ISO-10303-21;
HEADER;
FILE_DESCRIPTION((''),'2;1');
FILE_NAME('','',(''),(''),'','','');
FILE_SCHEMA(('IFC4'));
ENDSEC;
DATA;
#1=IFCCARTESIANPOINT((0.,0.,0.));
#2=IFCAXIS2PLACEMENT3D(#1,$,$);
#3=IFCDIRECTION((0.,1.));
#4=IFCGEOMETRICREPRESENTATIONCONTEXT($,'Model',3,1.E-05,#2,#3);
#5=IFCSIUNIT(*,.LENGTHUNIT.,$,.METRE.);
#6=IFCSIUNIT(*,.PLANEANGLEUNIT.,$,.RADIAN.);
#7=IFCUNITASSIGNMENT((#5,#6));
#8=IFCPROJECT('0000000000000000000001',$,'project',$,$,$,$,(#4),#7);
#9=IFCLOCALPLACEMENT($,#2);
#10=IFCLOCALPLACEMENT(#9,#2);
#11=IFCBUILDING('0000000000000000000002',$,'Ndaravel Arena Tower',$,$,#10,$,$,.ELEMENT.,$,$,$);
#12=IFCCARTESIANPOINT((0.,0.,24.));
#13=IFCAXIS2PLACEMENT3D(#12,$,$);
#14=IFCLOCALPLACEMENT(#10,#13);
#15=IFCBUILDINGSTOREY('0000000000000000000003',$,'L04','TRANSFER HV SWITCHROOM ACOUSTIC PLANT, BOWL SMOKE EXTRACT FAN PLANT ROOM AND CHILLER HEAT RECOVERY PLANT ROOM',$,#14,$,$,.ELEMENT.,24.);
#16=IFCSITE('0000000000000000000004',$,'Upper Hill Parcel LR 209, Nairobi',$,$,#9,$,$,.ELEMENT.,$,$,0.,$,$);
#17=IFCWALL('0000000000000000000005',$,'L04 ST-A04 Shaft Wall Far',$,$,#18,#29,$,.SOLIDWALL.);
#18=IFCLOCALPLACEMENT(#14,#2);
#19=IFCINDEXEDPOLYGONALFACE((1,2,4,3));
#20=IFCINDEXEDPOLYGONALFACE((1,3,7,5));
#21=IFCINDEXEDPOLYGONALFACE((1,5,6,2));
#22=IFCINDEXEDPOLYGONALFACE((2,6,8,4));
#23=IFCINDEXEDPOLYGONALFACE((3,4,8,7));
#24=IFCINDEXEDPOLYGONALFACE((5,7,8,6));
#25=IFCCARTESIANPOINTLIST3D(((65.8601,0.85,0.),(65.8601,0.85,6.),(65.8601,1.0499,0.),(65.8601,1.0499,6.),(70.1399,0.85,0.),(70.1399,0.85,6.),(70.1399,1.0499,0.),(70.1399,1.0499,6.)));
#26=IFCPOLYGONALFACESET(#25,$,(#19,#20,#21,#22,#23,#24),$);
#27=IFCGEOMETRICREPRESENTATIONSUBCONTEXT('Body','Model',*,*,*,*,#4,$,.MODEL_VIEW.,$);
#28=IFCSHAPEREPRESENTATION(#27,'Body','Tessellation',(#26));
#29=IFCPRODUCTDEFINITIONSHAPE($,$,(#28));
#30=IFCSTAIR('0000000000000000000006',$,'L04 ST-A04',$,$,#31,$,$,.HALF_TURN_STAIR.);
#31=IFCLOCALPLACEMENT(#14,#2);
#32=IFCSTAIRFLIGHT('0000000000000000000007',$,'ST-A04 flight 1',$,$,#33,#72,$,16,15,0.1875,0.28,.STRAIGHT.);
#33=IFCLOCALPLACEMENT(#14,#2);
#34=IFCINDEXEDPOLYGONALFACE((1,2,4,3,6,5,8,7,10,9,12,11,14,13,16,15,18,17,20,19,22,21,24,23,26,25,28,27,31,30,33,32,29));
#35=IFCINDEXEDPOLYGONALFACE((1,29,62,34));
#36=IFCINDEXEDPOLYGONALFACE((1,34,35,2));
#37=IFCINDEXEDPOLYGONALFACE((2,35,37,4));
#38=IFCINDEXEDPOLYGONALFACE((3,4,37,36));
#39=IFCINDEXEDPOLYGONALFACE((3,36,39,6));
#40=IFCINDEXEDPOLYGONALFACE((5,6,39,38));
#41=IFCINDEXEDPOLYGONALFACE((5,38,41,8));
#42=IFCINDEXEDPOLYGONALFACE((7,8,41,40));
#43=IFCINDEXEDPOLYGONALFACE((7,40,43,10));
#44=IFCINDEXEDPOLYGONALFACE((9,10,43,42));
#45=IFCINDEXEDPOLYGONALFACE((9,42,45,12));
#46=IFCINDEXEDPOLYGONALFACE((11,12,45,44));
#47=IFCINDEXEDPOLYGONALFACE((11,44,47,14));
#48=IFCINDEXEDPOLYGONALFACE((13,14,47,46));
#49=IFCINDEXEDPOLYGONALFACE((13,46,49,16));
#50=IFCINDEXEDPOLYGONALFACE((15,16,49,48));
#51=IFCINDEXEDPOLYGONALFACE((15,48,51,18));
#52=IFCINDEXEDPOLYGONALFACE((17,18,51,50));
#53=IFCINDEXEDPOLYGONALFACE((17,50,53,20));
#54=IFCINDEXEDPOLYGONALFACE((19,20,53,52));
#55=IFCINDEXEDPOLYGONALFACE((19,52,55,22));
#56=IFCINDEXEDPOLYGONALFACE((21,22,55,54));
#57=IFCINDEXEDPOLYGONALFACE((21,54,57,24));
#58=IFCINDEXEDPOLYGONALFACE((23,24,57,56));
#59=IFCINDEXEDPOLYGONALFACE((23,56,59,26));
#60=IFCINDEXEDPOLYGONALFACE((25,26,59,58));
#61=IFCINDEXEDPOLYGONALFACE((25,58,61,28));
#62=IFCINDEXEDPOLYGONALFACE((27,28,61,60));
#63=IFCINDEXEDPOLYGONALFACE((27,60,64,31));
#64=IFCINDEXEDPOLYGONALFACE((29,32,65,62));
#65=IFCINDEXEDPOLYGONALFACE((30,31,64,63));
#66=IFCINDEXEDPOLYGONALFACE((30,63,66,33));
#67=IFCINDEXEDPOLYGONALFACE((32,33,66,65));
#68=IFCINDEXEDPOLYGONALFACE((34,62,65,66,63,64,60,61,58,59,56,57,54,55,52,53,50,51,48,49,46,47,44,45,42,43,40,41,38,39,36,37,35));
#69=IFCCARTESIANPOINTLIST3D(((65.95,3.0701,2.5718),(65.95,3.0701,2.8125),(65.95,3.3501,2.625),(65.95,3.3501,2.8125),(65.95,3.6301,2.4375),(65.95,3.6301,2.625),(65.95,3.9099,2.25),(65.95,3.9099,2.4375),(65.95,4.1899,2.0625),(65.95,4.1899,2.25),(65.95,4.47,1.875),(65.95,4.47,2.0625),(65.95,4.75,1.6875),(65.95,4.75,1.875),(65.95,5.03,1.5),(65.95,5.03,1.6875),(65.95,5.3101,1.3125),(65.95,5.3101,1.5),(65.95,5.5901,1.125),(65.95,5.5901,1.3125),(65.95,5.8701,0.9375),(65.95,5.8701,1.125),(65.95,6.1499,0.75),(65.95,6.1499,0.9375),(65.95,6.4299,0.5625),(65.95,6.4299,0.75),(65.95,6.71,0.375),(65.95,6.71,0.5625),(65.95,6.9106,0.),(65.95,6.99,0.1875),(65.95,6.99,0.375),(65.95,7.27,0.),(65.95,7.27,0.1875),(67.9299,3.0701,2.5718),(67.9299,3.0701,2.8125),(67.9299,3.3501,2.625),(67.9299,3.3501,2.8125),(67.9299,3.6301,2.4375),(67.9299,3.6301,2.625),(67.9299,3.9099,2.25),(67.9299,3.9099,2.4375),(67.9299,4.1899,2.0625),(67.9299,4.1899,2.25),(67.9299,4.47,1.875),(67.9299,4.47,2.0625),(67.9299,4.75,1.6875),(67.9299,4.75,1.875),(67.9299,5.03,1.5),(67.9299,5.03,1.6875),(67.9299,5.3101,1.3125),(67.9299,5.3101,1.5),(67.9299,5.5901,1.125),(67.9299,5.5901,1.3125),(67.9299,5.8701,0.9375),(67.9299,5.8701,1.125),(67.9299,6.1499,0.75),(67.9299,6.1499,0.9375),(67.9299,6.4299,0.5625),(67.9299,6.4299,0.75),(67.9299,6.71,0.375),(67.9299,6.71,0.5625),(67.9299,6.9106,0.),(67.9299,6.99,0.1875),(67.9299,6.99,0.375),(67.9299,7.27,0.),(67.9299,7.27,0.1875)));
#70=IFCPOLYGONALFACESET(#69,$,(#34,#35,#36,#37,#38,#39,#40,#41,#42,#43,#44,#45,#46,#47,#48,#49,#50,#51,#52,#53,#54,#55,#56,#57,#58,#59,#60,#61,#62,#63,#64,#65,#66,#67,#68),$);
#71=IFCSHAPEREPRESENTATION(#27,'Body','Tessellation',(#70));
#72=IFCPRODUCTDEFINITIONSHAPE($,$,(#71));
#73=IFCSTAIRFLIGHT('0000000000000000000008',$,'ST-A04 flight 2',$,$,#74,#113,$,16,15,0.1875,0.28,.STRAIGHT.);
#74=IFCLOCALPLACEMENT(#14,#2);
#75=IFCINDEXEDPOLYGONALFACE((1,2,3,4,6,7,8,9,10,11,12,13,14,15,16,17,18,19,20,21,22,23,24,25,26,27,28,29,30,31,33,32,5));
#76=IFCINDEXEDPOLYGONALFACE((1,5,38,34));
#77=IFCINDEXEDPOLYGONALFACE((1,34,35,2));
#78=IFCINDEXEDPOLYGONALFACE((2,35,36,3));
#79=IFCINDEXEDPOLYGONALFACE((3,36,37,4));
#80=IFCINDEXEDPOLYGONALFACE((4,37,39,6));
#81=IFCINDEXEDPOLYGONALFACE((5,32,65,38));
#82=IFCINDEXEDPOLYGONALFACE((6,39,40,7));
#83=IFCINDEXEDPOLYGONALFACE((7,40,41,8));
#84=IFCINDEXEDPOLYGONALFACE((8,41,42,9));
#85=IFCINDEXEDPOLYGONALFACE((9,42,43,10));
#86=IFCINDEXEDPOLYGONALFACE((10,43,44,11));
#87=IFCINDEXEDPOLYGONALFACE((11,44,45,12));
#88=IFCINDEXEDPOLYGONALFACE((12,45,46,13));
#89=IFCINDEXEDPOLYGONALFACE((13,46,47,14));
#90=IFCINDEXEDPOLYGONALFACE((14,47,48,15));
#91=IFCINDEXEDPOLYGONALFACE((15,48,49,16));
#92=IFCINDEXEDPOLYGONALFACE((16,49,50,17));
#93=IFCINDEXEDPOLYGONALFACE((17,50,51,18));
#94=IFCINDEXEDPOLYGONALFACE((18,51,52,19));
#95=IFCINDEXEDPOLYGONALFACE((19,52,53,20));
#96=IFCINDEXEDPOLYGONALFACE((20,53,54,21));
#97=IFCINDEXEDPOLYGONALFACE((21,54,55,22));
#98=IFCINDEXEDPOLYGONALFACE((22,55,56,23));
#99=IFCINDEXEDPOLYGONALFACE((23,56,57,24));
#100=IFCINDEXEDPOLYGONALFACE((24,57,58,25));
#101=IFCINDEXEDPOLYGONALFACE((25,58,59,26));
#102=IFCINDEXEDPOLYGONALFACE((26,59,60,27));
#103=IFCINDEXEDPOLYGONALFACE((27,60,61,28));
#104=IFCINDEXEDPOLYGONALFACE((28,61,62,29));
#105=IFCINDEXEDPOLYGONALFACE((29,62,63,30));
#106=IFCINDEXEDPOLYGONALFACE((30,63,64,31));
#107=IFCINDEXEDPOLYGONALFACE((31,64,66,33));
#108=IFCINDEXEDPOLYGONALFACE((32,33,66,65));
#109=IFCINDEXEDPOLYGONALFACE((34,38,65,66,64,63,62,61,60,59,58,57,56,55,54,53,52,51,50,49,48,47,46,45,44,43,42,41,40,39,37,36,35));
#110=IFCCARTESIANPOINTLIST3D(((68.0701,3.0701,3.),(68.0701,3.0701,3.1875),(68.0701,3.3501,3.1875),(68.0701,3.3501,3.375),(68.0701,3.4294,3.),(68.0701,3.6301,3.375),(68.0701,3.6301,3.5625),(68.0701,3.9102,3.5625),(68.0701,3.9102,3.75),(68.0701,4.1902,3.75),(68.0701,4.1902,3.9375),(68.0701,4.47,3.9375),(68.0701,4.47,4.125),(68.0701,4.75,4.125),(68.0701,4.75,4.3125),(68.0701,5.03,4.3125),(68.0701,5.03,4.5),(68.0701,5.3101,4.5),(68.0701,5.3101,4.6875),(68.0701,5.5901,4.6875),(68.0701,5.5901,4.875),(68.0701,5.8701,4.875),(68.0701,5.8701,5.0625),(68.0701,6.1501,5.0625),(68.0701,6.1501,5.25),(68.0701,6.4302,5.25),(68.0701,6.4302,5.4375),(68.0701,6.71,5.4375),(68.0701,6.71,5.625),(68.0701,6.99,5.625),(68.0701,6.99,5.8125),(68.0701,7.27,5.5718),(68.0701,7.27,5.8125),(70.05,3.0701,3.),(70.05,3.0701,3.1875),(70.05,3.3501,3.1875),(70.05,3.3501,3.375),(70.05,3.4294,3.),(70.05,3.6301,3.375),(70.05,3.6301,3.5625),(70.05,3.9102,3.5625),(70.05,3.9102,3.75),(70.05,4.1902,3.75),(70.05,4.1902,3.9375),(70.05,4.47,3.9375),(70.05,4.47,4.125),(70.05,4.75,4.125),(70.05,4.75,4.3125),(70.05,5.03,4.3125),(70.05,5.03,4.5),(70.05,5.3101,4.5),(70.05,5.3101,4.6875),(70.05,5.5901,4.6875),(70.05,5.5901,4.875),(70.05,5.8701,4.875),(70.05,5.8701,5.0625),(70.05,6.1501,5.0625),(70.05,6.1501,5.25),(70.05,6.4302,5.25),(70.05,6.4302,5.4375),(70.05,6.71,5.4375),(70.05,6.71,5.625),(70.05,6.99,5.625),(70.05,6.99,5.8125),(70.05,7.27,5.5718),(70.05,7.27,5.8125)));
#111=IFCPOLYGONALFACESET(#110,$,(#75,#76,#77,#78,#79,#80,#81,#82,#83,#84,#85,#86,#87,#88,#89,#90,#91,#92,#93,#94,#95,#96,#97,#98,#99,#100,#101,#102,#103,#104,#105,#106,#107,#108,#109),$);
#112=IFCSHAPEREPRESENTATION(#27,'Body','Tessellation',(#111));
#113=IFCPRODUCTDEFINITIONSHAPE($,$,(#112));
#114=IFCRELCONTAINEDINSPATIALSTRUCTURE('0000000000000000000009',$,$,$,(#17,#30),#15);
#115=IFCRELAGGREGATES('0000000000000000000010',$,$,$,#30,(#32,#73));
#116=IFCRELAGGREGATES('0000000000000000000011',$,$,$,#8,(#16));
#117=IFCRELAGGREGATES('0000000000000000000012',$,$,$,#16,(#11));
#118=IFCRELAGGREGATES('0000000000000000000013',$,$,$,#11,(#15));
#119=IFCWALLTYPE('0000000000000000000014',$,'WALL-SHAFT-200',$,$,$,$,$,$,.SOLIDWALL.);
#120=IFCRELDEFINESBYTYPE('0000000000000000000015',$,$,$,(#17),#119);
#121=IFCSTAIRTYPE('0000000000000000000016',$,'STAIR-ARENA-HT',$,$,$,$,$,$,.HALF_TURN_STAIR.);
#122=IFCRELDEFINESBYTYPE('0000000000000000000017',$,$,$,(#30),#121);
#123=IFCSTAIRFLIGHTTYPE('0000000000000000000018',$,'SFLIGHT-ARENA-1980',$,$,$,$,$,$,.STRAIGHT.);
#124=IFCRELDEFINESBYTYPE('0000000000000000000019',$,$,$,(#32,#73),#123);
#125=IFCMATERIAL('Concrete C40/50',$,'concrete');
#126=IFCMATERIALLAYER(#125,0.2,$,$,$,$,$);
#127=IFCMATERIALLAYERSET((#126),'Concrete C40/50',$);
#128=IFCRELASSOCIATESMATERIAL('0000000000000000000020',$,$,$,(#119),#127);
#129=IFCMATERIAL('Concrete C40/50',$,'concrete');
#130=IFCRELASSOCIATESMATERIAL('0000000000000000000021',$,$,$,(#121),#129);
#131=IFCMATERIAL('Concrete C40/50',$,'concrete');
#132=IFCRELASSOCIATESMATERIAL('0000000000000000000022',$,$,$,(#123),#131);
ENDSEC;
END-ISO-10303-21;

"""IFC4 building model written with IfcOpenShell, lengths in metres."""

from ifc_helpers import new_model, si_unit, direction, frame, frame_2d, origin, place, context, subcontext, project, spatial, polyline, rectangle, outline, extrude, material, layer, layer_set, type_object, element, aggregate, save


model = new_model("IFC4")

# Units and contexts
model_context = context("Model", 3, precision=1e-05, world=origin(), true_north=direction((0.0, 1.0)))
body_context = subcontext(model_context, "Body", "Model", "MODEL_VIEW")
ifc_project = project(units=[si_unit("LENGTHUNIT", "METRE"), si_unit("PLANEANGLEUNIT", "RADIAN")], contexts=[model_context])

# Site, building, storey
site_placement = place(None, origin())
site = spatial("IfcSite", under=ifc_project, at=site_placement, Name="Upper Hill Parcel LR 209, Nairobi", CompositionType="ELEMENT", RefElevation=0.0)
building_placement = place(site_placement, origin())
building = spatial("IfcBuilding", under=site, at=building_placement, Name="Ndaravel Arena Tower", CompositionType="ELEMENT")
storey_placement = place(building_placement, frame((0.0, 0.0, 24.0)))
storey = spatial("IfcBuildingStorey", under=building, at=storey_placement, Name="L04", Description="TRANSFER HV SWITCHROOM ACOUSTIC PLANT, BOWL SMOKE EXTRACT FAN PLANT ROOM AND CHILLER HEAT RECOVERY PLANT ROOM", CompositionType="ELEMENT", Elevation=24.0)

# Wall
ifc_material_1 = material(Name="Concrete C40/50", Category="concrete")
ifc_layer_1 = layer(ifc_material_1, 0.2)
ifc_layer_set_1 = layer_set([ifc_layer_1], Name="Concrete C40/50")
wall_type_1 = type_object("IfcWallType", Name="WALL-SHAFT-200", PredefinedType="SOLIDWALL", material=ifc_layer_set_1)
wall_1_placement = place(storey_placement, frame((65.8601, 0.95, 0.0), z_axis=(0.0, 0.0, 1.0), x_axis=(1.0, 0.0, 0.0)))
element("IfcWall", 1, at=wall_1_placement, inside=storey, type_object=wall_type_1, Name="L04 ST-A04 Shaft Wall Far", PredefinedType="SOLIDWALL", context=body_context, shape_type="SweptSolid", body=[
    extrude(rectangle(XDim=4.2798, YDim=0.2, at=frame_2d((2.1399, 0.0))), origin(), (0.0, 0.0, 1.0), 6.0),
])

# Stair, stair flights
ifc_material_2 = material(Name="Concrete C40/50", Category="concrete")
stair_type = type_object("IfcStairType", Name="STAIR-ARENA-HT", PredefinedType="HALF_TURN_STAIR", material=ifc_material_2)
stair_placement = place(storey_placement, origin())
stair = element("IfcStair", 2, at=stair_placement, inside=storey, type_object=stair_type, Name="L04 ST-A04", PredefinedType="HALF_TURN_STAIR")
ifc_material_3 = material(Name="Concrete C40/50", Category="concrete")
stair_flight_type = type_object("IfcStairFlightType", Name="SFLIGHT-ARENA-1980", PredefinedType="STRAIGHT", material=ifc_material_3)
stair_flight_1_placement = place(storey_placement, frame((66.9399, 7.27, 0.0), z_axis=(0.0, 0.0, 1.0), x_axis=(0.0, -1.0, 0.0)))
stair_flight_1 = element("IfcStairFlight", 3, at=stair_flight_1_placement, type_object=stair_flight_type, Name="ST-A04 flight 1", NumberOfRisers=16, NumberOfTreads=15, PredefinedType="STRAIGHT", RiserHeight=0.1875, TreadLength=0.28, context=body_context, shape_type="SweptSolid", body=[
    extrude(outline(polyline([(0.0, 0.0), (0.0, 0.1875), (0.28, 0.1875), (0.28, 0.375), (0.5601, 0.375), (0.5601, 0.5625), (0.8401, 0.5625), (0.8401, 0.75), (1.1201, 0.75), (1.1201, 0.9375), (1.3999, 0.9375), (1.3999, 1.125), (1.6799, 1.125), (1.6799, 1.3125), (1.96, 1.3125), (1.96, 1.5), (2.24, 1.5), (2.24, 1.6875), (2.52, 1.6875), (2.52, 1.875), (2.8, 1.875), (2.8, 2.0625), (3.0801, 2.0625), (3.0801, 2.25), (3.3601, 2.25), (3.3601, 2.4375), (3.6399, 2.4375), (3.6399, 2.625), (3.9199, 2.625), (3.9199, 2.8125), (4.2, 2.8125), (4.2, 3.0), (4.2, 2.5718), (0.3594, 0.0), (0.0, 0.0)])), frame((0.0, 0.99, 0.0), z_axis=(0.0, -1.0, 0.0), x_axis=(1.0, 0.0, 0.0)), (0.0, 0.0, 1.0), 1.98),
])
stair_flight_2_placement = place(storey_placement, frame((69.0601, 3.0701, 3.0), z_axis=(0.0, 0.0, 1.0), x_axis=(0.0, 1.0, 0.0)))
stair_flight_2 = element("IfcStairFlight", 4, at=stair_flight_2_placement, type_object=stair_flight_type, Name="ST-A04 flight 2", NumberOfRisers=16, NumberOfTreads=15, PredefinedType="STRAIGHT", RiserHeight=0.1875, TreadLength=0.28, context=body_context, shape_type="SweptSolid", body=[
    extrude(outline(polyline([(0.0, 0.0), (0.0, 0.1875), (0.28, 0.1875), (0.28, 0.375), (0.5601, 0.375), (0.5601, 0.5625), (0.8401, 0.5625), (0.8401, 0.75), (1.1201, 0.75), (1.1201, 0.9375), (1.3999, 0.9375), (1.3999, 1.125), (1.6799, 1.125), (1.6799, 1.3125), (1.96, 1.3125), (1.96, 1.5), (2.24, 1.5), (2.24, 1.6875), (2.52, 1.6875), (2.52, 1.875), (2.8, 1.875), (2.8, 2.0625), (3.0801, 2.0625), (3.0801, 2.25), (3.3601, 2.25), (3.3601, 2.4375), (3.6399, 2.4375), (3.6399, 2.625), (3.9199, 2.625), (3.9199, 2.8125), (4.2, 2.8125), (4.2, 3.0), (4.2, 2.5718), (0.3594, 0.0), (0.0, 0.0)])), frame((0.0, 0.99, 0.0), z_axis=(0.0, -1.0, 0.0), x_axis=(1.0, 0.0, 0.0)), (0.0, 0.0, 1.0), 1.98),
])
aggregate(stair, [stair_flight_1, stair_flight_2])

save(model, "model.ifc")
